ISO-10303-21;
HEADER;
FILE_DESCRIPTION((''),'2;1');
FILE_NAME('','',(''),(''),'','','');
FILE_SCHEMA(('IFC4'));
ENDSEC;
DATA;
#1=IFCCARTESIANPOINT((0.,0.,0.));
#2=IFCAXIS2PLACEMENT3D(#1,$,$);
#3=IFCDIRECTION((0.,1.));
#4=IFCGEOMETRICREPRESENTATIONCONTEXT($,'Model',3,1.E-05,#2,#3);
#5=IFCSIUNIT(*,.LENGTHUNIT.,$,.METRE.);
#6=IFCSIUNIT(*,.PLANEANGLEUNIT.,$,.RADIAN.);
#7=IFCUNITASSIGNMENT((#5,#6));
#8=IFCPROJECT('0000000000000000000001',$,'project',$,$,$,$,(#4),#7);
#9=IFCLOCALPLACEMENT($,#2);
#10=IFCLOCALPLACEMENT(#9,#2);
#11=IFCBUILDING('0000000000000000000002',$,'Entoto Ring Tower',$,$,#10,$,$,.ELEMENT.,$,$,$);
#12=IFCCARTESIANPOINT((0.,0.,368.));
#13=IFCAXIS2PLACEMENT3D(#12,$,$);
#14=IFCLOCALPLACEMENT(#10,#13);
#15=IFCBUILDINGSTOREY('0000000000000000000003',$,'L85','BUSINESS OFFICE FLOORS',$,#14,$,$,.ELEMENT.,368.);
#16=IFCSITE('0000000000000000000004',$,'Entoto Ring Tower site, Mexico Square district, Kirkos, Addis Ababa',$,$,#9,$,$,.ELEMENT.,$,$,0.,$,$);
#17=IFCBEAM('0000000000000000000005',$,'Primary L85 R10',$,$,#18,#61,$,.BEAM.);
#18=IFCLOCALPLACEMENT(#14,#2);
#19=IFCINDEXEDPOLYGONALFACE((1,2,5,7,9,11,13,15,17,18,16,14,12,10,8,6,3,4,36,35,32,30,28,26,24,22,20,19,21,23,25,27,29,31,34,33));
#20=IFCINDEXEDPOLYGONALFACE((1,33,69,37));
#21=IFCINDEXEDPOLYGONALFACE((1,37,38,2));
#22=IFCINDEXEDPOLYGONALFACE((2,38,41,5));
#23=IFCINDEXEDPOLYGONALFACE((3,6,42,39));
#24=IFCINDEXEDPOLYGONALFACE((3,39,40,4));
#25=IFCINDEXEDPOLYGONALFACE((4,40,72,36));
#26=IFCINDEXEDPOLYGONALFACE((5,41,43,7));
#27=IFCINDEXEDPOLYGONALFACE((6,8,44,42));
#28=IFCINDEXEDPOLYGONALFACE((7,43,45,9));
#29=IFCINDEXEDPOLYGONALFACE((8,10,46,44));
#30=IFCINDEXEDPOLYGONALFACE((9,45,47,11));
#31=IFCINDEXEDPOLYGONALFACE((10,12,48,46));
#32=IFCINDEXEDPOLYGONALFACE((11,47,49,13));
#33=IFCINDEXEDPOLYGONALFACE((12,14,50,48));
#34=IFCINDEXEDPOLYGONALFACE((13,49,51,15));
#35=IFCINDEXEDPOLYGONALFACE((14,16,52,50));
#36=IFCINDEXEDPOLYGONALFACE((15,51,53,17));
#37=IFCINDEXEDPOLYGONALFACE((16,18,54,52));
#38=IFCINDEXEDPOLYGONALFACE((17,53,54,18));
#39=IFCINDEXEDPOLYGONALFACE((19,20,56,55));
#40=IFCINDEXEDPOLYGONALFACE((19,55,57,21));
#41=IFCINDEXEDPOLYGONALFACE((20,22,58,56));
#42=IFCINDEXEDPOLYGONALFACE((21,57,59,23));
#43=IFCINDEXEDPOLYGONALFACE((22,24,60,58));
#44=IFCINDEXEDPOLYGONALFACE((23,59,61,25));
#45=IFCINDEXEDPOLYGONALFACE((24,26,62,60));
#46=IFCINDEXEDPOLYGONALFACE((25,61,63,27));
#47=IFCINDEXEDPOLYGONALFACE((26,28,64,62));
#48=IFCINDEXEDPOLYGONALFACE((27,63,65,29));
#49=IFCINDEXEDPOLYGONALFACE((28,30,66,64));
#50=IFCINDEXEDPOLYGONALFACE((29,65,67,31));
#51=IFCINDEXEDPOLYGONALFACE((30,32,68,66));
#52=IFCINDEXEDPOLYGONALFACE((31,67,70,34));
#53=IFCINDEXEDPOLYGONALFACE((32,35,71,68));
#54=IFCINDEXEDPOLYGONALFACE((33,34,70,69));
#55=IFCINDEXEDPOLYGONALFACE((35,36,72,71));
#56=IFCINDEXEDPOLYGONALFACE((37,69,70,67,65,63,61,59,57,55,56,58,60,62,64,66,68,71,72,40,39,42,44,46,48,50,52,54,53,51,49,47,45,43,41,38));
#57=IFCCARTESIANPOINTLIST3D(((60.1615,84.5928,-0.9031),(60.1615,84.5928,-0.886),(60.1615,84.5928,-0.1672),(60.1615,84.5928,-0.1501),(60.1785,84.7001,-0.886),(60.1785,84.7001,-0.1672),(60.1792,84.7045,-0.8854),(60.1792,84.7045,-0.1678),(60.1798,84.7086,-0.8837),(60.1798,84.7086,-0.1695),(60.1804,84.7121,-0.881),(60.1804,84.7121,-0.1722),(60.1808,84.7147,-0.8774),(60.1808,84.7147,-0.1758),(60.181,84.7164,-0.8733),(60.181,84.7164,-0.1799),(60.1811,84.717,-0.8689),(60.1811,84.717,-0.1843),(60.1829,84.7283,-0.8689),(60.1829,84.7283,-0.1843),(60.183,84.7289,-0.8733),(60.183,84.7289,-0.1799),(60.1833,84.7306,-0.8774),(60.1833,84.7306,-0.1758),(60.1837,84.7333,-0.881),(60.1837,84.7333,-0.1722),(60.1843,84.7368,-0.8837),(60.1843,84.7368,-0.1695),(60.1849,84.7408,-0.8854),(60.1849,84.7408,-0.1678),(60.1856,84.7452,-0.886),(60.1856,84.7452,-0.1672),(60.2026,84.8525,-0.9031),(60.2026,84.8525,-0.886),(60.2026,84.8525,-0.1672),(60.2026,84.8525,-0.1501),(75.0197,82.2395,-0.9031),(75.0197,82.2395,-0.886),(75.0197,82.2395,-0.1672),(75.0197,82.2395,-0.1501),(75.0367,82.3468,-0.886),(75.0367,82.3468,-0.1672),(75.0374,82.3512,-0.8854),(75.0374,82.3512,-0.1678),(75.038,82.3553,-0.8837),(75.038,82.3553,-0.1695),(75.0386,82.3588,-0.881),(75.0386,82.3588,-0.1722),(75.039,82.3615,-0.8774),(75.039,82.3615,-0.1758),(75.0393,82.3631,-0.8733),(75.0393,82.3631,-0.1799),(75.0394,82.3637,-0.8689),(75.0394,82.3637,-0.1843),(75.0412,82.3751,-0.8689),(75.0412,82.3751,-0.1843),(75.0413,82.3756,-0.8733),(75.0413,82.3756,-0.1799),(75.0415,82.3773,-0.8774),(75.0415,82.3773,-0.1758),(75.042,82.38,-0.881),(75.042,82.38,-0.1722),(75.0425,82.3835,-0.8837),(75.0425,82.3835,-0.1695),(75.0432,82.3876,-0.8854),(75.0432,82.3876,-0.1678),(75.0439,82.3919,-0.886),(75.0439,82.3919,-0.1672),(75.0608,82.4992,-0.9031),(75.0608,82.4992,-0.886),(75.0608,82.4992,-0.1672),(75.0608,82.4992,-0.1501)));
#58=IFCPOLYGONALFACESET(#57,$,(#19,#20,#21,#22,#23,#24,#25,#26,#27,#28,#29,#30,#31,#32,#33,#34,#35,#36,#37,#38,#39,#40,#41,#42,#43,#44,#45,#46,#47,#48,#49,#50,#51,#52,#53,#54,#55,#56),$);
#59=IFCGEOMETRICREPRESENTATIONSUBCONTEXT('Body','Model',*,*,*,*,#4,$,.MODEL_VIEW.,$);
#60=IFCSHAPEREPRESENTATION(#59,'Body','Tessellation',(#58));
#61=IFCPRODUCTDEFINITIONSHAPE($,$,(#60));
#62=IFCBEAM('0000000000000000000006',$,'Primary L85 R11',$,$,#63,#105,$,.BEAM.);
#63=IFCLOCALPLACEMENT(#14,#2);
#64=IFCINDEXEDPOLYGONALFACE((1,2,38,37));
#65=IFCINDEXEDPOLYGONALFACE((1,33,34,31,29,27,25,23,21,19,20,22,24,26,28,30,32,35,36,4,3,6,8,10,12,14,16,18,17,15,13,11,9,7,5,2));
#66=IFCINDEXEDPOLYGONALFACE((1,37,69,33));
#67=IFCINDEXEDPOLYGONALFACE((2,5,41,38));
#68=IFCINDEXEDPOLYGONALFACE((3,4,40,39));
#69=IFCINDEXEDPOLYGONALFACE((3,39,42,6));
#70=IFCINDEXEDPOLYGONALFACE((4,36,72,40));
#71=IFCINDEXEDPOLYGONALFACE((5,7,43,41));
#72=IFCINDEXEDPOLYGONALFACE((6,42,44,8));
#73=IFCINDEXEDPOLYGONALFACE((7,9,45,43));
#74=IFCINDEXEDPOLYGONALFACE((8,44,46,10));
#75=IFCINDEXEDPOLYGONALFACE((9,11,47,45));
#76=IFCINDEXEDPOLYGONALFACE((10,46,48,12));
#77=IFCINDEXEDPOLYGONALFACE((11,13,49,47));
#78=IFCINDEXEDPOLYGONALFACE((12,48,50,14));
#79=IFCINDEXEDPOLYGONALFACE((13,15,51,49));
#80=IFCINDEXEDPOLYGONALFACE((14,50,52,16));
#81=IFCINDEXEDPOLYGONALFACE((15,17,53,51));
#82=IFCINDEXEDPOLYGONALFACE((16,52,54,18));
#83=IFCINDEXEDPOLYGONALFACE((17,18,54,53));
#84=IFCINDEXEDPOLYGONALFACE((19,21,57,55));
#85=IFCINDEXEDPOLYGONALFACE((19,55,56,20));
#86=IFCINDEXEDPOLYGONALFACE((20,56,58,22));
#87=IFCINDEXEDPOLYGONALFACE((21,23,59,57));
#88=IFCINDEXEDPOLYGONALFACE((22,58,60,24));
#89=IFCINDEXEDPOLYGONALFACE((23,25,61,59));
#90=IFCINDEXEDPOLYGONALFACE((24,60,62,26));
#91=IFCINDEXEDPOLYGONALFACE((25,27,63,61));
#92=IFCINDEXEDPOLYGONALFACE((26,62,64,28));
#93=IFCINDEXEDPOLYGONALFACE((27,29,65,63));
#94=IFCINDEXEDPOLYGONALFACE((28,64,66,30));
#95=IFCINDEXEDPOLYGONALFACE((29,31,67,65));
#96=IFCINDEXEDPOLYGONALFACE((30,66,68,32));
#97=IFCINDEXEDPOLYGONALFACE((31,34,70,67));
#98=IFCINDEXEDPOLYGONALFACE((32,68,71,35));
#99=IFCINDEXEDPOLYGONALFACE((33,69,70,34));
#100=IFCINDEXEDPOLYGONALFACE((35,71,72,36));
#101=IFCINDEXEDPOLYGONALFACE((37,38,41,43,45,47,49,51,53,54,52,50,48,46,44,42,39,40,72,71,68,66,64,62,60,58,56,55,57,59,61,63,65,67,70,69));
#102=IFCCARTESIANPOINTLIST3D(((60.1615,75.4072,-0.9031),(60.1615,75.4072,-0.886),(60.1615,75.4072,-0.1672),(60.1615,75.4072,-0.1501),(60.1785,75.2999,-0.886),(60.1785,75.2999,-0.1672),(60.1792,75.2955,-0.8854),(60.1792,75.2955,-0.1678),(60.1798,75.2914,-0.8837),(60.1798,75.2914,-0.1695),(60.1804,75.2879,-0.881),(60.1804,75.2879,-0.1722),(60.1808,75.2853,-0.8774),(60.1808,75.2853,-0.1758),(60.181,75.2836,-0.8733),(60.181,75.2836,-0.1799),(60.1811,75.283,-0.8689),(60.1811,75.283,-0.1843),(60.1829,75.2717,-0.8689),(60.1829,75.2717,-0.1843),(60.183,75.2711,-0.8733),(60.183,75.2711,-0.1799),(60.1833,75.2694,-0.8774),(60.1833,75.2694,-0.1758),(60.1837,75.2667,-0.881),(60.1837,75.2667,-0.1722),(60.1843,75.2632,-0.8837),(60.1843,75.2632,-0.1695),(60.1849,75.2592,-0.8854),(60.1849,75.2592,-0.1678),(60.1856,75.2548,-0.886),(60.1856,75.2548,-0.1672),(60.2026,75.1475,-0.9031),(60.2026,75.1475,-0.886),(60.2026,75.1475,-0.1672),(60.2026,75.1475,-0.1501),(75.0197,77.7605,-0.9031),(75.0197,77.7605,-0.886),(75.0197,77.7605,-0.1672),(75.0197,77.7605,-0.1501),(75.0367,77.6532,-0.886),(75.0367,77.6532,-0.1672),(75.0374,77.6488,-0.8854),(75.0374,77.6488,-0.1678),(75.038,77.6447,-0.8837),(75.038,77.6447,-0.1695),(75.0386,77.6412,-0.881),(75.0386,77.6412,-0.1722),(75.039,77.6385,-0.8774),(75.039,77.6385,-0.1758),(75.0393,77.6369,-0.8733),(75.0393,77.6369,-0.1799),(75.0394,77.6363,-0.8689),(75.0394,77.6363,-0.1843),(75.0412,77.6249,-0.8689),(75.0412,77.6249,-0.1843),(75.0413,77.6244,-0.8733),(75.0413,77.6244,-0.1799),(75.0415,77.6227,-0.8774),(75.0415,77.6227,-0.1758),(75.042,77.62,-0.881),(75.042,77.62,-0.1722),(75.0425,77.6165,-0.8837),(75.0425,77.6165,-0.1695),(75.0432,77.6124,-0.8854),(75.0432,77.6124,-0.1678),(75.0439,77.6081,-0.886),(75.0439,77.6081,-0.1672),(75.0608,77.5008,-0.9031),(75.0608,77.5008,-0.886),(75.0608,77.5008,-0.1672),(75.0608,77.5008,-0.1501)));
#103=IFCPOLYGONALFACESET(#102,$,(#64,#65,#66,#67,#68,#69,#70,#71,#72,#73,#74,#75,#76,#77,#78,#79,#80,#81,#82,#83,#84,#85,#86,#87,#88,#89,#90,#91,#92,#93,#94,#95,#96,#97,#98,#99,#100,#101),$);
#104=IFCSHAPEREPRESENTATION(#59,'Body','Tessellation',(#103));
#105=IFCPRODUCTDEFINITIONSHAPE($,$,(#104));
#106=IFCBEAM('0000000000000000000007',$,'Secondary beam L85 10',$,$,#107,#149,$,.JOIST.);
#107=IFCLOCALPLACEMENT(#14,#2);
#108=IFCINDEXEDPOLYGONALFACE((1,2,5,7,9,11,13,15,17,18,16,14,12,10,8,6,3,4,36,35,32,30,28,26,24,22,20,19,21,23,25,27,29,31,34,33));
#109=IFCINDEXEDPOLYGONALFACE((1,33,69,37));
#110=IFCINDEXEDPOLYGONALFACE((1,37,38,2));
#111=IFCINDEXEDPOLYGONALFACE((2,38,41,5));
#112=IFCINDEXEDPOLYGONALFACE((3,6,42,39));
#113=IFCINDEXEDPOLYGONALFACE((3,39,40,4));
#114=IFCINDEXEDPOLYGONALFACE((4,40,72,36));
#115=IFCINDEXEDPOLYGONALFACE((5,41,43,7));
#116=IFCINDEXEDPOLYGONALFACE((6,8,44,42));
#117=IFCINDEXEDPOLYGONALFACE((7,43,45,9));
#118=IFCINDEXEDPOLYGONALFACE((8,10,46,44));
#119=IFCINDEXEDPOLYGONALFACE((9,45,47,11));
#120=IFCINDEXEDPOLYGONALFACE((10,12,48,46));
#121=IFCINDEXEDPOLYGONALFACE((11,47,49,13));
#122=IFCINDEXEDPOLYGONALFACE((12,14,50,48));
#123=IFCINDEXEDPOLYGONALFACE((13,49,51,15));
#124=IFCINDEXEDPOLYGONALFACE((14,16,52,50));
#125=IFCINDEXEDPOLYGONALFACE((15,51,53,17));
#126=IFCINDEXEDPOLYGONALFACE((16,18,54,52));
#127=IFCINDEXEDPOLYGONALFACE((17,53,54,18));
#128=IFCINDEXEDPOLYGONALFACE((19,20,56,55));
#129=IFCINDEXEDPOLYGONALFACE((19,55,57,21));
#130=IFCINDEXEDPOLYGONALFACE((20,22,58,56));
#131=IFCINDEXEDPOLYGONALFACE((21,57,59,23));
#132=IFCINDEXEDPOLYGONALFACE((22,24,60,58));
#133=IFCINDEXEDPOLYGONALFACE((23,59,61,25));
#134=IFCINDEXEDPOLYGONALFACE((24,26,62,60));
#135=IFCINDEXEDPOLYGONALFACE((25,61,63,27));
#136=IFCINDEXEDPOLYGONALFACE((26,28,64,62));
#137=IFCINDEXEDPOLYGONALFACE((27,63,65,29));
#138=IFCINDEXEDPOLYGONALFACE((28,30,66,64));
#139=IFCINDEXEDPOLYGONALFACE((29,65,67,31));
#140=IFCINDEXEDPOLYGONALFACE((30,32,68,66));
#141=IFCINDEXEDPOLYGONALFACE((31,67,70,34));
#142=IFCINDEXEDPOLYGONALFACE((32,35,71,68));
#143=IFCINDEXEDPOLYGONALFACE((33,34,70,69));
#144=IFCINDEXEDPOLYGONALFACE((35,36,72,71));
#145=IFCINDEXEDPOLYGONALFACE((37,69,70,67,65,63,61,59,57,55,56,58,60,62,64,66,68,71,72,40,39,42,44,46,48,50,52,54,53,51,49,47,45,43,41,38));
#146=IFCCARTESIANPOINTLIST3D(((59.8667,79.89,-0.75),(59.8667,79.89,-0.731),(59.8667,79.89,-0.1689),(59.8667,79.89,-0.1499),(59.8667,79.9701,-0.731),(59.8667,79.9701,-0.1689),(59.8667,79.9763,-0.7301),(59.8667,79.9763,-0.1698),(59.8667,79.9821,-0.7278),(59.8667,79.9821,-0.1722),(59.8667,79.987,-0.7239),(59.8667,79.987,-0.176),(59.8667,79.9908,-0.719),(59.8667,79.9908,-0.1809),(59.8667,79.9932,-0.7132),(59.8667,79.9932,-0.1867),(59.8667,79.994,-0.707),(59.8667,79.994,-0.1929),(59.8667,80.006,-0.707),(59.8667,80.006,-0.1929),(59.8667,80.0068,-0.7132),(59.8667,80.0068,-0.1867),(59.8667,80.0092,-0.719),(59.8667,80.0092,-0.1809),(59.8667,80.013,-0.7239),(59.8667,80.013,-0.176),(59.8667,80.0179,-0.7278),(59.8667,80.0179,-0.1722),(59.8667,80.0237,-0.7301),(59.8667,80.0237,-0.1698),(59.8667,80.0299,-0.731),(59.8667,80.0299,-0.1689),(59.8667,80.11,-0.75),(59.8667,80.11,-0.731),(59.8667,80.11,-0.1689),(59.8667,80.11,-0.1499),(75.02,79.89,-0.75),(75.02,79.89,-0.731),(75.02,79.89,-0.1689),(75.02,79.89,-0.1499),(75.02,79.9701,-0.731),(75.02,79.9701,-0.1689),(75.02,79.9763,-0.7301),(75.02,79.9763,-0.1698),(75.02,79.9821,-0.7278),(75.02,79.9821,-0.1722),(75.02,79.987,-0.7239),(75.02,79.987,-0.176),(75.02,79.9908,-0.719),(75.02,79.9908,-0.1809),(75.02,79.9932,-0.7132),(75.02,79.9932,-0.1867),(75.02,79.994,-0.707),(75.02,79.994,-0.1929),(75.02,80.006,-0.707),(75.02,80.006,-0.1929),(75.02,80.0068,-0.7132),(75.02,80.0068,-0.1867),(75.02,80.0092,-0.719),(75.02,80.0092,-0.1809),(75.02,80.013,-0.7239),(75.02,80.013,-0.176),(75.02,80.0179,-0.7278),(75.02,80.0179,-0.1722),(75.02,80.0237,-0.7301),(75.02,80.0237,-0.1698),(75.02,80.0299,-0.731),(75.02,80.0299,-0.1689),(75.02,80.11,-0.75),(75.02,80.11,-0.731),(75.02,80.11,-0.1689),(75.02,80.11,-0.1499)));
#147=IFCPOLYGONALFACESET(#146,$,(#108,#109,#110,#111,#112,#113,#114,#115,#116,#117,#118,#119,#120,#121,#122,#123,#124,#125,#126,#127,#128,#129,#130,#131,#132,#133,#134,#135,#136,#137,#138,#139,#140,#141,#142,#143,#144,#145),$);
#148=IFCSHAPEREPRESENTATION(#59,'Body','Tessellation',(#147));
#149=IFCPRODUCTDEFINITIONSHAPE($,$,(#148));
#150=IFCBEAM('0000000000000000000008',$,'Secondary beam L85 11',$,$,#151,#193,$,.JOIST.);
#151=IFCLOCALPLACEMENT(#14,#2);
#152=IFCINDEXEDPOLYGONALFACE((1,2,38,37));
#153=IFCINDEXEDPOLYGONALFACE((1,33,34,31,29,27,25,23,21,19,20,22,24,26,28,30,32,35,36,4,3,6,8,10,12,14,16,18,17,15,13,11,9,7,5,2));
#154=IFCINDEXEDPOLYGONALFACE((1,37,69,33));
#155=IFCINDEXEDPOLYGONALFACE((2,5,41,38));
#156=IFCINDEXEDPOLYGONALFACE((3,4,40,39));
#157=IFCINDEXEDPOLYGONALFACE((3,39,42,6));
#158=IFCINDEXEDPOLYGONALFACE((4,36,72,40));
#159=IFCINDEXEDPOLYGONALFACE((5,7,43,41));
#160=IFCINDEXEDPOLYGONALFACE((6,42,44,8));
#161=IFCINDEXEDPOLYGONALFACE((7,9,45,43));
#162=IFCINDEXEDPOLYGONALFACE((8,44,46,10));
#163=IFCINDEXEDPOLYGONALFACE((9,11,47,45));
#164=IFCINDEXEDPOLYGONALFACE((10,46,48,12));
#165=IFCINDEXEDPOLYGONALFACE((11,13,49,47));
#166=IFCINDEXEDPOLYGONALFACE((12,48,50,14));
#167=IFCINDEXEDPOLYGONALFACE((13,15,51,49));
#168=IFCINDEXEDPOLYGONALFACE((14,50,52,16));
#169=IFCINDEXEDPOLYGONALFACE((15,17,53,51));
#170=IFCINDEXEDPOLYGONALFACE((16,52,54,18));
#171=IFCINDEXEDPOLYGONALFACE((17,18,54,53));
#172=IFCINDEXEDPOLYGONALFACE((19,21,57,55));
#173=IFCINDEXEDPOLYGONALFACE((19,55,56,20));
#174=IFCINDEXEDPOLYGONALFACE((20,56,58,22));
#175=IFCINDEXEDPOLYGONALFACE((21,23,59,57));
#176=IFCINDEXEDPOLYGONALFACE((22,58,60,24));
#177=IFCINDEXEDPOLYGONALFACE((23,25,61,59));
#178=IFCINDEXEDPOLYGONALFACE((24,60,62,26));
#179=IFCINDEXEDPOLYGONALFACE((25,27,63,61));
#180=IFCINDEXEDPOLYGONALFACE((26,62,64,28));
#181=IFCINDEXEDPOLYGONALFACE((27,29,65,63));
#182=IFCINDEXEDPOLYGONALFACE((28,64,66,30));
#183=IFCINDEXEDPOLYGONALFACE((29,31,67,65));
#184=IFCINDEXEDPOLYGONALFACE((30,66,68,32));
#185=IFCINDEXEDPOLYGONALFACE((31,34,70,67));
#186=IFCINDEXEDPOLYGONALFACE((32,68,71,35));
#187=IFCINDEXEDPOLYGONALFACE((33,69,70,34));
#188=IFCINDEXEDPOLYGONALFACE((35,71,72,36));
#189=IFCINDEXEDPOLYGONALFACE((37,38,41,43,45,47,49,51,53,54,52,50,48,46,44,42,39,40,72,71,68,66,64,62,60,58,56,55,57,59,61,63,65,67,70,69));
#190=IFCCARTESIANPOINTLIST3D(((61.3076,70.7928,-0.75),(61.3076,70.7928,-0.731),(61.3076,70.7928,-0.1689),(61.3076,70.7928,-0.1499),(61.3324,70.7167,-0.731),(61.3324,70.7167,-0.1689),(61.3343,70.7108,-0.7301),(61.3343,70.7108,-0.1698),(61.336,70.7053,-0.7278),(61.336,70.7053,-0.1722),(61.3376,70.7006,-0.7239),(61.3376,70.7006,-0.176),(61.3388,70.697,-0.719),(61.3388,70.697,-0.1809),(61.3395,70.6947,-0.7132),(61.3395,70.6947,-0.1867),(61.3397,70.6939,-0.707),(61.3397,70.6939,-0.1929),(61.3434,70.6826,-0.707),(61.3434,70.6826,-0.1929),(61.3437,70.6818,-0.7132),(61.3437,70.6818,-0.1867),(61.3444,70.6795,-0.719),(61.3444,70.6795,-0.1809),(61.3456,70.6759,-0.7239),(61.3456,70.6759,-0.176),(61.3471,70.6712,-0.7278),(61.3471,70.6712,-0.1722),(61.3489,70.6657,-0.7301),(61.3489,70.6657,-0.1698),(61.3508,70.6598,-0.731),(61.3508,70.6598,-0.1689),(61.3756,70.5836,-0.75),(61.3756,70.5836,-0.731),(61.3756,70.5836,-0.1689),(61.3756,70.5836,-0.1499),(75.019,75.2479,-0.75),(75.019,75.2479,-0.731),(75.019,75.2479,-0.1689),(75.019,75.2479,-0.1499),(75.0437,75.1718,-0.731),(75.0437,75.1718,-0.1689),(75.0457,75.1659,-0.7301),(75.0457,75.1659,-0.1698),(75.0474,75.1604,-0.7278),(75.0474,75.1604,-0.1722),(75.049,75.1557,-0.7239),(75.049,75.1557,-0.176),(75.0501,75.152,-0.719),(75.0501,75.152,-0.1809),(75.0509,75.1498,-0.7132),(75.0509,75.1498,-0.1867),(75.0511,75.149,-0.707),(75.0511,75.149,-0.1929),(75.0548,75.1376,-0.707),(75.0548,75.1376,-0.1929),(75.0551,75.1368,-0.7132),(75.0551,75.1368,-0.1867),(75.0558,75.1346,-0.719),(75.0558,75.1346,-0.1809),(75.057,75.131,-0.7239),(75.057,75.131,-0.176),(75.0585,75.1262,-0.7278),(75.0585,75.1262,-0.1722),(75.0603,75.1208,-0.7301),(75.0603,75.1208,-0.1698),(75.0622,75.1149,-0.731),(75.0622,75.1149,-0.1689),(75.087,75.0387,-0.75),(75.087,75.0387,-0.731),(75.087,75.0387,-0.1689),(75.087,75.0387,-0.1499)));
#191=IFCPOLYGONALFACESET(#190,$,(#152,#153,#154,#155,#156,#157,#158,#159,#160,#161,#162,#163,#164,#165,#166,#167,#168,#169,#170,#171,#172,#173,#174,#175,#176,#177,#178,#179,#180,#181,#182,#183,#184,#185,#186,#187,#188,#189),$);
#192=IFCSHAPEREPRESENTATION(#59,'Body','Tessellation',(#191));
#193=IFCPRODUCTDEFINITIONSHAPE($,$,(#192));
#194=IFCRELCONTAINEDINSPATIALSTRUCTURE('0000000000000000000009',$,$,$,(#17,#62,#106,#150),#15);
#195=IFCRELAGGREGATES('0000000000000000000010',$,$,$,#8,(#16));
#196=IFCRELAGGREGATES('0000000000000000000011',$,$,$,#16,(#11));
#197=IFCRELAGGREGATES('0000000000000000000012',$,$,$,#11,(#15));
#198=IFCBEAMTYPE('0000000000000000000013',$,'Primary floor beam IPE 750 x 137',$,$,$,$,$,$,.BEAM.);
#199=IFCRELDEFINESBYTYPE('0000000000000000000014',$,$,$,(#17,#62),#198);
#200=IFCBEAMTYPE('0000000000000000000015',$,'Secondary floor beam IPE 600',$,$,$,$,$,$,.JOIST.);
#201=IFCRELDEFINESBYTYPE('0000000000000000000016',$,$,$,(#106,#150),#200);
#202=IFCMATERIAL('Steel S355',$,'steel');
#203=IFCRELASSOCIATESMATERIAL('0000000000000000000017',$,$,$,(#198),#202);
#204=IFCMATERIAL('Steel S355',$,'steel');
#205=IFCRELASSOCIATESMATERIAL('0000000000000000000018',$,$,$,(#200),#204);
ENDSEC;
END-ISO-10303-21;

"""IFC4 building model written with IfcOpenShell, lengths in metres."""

from ifc_helpers import new_model, si_unit, direction, frame, origin, origin_2d, place, context, subcontext, project, spatial, i_section, extrude, material, material_profile, profile_set, type_object, element, save


model = new_model("IFC4")

# Units and contexts
model_context = context("Model", 3, precision=1e-05, world=origin(), true_north=direction((0.0, 1.0)))
body_context = subcontext(model_context, "Body", "Model", "MODEL_VIEW")
ifc_project = project(units=[si_unit("LENGTHUNIT", "METRE"), si_unit("PLANEANGLEUNIT", "RADIAN")], contexts=[model_context])

# Site, building, storey
site_placement = place(None, origin())
site = spatial("IfcSite", under=ifc_project, at=site_placement, Name="Entoto Ring Tower site, Mexico Square district, Kirkos, Addis Ababa", CompositionType="ELEMENT", RefElevation=0.0)
building_placement = place(site_placement, origin())
building = spatial("IfcBuilding", under=site, at=building_placement, Name="Entoto Ring Tower", CompositionType="ELEMENT")
storey_placement = place(building_placement, frame((0.0, 0.0, 368.0)))
storey = spatial("IfcBuildingStorey", under=building, at=storey_placement, Name="L85", Description="BUSINESS OFFICE FLOORS", CompositionType="ELEMENT", Elevation=368.0)

# Beams
ifc_material_1 = material(Name="Steel S355", Category="steel")
ifc_material_profile_1 = material_profile(ifc_material_1, i_section(OverallWidth=0.2629, OverallDepth=0.7529, WebThickness=0.0115, FlangeThickness=0.0171, FilletRadius=0.0171, at=origin_2d()), Name="IPE 750 x 137")
ifc_profile_set_1 = profile_set([ifc_material_profile_1], Name="Steel S355")
beam_type_1 = type_object("IfcBeamType", Name="Primary floor beam IPE 750 x 137", PredefinedType="BEAM", material=ifc_profile_set_1)
for number, where, z_axis, x_axis, name in (
    (1, (75.0403, 82.3694, -0.5266), (-0.987689, 0.156433, 0.0), (-0.156433, -0.987689, 0.0), "Primary L85 R10"),
    (2, (75.0403, 77.6306, -0.5266), (-0.987689, -0.156433, 0.0), (0.156433, -0.987689, 0.0), "Primary L85 R11"),
):
    element("IfcBeam", number, at=place(storey_placement, frame(where, z_axis=z_axis, x_axis=x_axis)), inside=storey, type_object=beam_type_1, Name=name, PredefinedType="BEAM", context=body_context, shape_type="SweptSolid", body=[
        extrude(i_section(OverallWidth=0.2629, OverallDepth=0.7529, WebThickness=0.0115, FlangeThickness=0.0171, FilletRadius=0.0171, at=origin_2d()), origin(), (0.0, 0.0, 1.0), 15.0435),
    ])
ifc_material_2 = material(Name="Steel S355", Category="steel")
ifc_material_profile_2 = material_profile(ifc_material_2, i_section(OverallWidth=0.22, OverallDepth=0.6001, WebThickness=0.012, FlangeThickness=0.019, FilletRadius=0.0239, at=origin_2d()), Name="IPE 600")
ifc_profile_set_2 = profile_set([ifc_material_profile_2], Name="Steel S355")
beam_type_2 = type_object("IfcBeamType", Name="Secondary floor beam IPE 600", PredefinedType="JOIST", material=ifc_profile_set_2)
beam_1_placement = place(storey_placement, frame((75.02, 80.0, -0.45), z_axis=(-1.0, 0.0, 0.0), x_axis=(0.0, -1.0, 0.0)))
element("IfcBeam", 3, at=beam_1_placement, inside=storey, type_object=beam_type_2, Name="Secondary beam L85 10", PredefinedType="JOIST", context=body_context, shape_type="SweptSolid", body=[
    extrude(i_section(OverallWidth=0.22, OverallDepth=0.6001, WebThickness=0.012, FlangeThickness=0.019, FilletRadius=0.0239, at=origin_2d()), origin(), (0.0, 0.0, 1.0), 15.1533),
])
beam_2_placement = place(storey_placement, frame((75.053, 75.1433, -0.45), z_axis=(-0.951057, -0.309015, 0.0), x_axis=(0.309015, -0.951057, 0.0)))
element("IfcBeam", 4, at=beam_2_placement, inside=storey, type_object=beam_type_2, Name="Secondary beam L85 11", PredefinedType="JOIST", context=body_context, shape_type="SweptSolid", body=[
    extrude(i_section(OverallWidth=0.22, OverallDepth=0.6001, WebThickness=0.012, FlangeThickness=0.019, FilletRadius=0.0239, at=origin_2d()), origin(), (0.0, 0.0, 1.0), 14.417),
])

save(model, "model.ifc")
